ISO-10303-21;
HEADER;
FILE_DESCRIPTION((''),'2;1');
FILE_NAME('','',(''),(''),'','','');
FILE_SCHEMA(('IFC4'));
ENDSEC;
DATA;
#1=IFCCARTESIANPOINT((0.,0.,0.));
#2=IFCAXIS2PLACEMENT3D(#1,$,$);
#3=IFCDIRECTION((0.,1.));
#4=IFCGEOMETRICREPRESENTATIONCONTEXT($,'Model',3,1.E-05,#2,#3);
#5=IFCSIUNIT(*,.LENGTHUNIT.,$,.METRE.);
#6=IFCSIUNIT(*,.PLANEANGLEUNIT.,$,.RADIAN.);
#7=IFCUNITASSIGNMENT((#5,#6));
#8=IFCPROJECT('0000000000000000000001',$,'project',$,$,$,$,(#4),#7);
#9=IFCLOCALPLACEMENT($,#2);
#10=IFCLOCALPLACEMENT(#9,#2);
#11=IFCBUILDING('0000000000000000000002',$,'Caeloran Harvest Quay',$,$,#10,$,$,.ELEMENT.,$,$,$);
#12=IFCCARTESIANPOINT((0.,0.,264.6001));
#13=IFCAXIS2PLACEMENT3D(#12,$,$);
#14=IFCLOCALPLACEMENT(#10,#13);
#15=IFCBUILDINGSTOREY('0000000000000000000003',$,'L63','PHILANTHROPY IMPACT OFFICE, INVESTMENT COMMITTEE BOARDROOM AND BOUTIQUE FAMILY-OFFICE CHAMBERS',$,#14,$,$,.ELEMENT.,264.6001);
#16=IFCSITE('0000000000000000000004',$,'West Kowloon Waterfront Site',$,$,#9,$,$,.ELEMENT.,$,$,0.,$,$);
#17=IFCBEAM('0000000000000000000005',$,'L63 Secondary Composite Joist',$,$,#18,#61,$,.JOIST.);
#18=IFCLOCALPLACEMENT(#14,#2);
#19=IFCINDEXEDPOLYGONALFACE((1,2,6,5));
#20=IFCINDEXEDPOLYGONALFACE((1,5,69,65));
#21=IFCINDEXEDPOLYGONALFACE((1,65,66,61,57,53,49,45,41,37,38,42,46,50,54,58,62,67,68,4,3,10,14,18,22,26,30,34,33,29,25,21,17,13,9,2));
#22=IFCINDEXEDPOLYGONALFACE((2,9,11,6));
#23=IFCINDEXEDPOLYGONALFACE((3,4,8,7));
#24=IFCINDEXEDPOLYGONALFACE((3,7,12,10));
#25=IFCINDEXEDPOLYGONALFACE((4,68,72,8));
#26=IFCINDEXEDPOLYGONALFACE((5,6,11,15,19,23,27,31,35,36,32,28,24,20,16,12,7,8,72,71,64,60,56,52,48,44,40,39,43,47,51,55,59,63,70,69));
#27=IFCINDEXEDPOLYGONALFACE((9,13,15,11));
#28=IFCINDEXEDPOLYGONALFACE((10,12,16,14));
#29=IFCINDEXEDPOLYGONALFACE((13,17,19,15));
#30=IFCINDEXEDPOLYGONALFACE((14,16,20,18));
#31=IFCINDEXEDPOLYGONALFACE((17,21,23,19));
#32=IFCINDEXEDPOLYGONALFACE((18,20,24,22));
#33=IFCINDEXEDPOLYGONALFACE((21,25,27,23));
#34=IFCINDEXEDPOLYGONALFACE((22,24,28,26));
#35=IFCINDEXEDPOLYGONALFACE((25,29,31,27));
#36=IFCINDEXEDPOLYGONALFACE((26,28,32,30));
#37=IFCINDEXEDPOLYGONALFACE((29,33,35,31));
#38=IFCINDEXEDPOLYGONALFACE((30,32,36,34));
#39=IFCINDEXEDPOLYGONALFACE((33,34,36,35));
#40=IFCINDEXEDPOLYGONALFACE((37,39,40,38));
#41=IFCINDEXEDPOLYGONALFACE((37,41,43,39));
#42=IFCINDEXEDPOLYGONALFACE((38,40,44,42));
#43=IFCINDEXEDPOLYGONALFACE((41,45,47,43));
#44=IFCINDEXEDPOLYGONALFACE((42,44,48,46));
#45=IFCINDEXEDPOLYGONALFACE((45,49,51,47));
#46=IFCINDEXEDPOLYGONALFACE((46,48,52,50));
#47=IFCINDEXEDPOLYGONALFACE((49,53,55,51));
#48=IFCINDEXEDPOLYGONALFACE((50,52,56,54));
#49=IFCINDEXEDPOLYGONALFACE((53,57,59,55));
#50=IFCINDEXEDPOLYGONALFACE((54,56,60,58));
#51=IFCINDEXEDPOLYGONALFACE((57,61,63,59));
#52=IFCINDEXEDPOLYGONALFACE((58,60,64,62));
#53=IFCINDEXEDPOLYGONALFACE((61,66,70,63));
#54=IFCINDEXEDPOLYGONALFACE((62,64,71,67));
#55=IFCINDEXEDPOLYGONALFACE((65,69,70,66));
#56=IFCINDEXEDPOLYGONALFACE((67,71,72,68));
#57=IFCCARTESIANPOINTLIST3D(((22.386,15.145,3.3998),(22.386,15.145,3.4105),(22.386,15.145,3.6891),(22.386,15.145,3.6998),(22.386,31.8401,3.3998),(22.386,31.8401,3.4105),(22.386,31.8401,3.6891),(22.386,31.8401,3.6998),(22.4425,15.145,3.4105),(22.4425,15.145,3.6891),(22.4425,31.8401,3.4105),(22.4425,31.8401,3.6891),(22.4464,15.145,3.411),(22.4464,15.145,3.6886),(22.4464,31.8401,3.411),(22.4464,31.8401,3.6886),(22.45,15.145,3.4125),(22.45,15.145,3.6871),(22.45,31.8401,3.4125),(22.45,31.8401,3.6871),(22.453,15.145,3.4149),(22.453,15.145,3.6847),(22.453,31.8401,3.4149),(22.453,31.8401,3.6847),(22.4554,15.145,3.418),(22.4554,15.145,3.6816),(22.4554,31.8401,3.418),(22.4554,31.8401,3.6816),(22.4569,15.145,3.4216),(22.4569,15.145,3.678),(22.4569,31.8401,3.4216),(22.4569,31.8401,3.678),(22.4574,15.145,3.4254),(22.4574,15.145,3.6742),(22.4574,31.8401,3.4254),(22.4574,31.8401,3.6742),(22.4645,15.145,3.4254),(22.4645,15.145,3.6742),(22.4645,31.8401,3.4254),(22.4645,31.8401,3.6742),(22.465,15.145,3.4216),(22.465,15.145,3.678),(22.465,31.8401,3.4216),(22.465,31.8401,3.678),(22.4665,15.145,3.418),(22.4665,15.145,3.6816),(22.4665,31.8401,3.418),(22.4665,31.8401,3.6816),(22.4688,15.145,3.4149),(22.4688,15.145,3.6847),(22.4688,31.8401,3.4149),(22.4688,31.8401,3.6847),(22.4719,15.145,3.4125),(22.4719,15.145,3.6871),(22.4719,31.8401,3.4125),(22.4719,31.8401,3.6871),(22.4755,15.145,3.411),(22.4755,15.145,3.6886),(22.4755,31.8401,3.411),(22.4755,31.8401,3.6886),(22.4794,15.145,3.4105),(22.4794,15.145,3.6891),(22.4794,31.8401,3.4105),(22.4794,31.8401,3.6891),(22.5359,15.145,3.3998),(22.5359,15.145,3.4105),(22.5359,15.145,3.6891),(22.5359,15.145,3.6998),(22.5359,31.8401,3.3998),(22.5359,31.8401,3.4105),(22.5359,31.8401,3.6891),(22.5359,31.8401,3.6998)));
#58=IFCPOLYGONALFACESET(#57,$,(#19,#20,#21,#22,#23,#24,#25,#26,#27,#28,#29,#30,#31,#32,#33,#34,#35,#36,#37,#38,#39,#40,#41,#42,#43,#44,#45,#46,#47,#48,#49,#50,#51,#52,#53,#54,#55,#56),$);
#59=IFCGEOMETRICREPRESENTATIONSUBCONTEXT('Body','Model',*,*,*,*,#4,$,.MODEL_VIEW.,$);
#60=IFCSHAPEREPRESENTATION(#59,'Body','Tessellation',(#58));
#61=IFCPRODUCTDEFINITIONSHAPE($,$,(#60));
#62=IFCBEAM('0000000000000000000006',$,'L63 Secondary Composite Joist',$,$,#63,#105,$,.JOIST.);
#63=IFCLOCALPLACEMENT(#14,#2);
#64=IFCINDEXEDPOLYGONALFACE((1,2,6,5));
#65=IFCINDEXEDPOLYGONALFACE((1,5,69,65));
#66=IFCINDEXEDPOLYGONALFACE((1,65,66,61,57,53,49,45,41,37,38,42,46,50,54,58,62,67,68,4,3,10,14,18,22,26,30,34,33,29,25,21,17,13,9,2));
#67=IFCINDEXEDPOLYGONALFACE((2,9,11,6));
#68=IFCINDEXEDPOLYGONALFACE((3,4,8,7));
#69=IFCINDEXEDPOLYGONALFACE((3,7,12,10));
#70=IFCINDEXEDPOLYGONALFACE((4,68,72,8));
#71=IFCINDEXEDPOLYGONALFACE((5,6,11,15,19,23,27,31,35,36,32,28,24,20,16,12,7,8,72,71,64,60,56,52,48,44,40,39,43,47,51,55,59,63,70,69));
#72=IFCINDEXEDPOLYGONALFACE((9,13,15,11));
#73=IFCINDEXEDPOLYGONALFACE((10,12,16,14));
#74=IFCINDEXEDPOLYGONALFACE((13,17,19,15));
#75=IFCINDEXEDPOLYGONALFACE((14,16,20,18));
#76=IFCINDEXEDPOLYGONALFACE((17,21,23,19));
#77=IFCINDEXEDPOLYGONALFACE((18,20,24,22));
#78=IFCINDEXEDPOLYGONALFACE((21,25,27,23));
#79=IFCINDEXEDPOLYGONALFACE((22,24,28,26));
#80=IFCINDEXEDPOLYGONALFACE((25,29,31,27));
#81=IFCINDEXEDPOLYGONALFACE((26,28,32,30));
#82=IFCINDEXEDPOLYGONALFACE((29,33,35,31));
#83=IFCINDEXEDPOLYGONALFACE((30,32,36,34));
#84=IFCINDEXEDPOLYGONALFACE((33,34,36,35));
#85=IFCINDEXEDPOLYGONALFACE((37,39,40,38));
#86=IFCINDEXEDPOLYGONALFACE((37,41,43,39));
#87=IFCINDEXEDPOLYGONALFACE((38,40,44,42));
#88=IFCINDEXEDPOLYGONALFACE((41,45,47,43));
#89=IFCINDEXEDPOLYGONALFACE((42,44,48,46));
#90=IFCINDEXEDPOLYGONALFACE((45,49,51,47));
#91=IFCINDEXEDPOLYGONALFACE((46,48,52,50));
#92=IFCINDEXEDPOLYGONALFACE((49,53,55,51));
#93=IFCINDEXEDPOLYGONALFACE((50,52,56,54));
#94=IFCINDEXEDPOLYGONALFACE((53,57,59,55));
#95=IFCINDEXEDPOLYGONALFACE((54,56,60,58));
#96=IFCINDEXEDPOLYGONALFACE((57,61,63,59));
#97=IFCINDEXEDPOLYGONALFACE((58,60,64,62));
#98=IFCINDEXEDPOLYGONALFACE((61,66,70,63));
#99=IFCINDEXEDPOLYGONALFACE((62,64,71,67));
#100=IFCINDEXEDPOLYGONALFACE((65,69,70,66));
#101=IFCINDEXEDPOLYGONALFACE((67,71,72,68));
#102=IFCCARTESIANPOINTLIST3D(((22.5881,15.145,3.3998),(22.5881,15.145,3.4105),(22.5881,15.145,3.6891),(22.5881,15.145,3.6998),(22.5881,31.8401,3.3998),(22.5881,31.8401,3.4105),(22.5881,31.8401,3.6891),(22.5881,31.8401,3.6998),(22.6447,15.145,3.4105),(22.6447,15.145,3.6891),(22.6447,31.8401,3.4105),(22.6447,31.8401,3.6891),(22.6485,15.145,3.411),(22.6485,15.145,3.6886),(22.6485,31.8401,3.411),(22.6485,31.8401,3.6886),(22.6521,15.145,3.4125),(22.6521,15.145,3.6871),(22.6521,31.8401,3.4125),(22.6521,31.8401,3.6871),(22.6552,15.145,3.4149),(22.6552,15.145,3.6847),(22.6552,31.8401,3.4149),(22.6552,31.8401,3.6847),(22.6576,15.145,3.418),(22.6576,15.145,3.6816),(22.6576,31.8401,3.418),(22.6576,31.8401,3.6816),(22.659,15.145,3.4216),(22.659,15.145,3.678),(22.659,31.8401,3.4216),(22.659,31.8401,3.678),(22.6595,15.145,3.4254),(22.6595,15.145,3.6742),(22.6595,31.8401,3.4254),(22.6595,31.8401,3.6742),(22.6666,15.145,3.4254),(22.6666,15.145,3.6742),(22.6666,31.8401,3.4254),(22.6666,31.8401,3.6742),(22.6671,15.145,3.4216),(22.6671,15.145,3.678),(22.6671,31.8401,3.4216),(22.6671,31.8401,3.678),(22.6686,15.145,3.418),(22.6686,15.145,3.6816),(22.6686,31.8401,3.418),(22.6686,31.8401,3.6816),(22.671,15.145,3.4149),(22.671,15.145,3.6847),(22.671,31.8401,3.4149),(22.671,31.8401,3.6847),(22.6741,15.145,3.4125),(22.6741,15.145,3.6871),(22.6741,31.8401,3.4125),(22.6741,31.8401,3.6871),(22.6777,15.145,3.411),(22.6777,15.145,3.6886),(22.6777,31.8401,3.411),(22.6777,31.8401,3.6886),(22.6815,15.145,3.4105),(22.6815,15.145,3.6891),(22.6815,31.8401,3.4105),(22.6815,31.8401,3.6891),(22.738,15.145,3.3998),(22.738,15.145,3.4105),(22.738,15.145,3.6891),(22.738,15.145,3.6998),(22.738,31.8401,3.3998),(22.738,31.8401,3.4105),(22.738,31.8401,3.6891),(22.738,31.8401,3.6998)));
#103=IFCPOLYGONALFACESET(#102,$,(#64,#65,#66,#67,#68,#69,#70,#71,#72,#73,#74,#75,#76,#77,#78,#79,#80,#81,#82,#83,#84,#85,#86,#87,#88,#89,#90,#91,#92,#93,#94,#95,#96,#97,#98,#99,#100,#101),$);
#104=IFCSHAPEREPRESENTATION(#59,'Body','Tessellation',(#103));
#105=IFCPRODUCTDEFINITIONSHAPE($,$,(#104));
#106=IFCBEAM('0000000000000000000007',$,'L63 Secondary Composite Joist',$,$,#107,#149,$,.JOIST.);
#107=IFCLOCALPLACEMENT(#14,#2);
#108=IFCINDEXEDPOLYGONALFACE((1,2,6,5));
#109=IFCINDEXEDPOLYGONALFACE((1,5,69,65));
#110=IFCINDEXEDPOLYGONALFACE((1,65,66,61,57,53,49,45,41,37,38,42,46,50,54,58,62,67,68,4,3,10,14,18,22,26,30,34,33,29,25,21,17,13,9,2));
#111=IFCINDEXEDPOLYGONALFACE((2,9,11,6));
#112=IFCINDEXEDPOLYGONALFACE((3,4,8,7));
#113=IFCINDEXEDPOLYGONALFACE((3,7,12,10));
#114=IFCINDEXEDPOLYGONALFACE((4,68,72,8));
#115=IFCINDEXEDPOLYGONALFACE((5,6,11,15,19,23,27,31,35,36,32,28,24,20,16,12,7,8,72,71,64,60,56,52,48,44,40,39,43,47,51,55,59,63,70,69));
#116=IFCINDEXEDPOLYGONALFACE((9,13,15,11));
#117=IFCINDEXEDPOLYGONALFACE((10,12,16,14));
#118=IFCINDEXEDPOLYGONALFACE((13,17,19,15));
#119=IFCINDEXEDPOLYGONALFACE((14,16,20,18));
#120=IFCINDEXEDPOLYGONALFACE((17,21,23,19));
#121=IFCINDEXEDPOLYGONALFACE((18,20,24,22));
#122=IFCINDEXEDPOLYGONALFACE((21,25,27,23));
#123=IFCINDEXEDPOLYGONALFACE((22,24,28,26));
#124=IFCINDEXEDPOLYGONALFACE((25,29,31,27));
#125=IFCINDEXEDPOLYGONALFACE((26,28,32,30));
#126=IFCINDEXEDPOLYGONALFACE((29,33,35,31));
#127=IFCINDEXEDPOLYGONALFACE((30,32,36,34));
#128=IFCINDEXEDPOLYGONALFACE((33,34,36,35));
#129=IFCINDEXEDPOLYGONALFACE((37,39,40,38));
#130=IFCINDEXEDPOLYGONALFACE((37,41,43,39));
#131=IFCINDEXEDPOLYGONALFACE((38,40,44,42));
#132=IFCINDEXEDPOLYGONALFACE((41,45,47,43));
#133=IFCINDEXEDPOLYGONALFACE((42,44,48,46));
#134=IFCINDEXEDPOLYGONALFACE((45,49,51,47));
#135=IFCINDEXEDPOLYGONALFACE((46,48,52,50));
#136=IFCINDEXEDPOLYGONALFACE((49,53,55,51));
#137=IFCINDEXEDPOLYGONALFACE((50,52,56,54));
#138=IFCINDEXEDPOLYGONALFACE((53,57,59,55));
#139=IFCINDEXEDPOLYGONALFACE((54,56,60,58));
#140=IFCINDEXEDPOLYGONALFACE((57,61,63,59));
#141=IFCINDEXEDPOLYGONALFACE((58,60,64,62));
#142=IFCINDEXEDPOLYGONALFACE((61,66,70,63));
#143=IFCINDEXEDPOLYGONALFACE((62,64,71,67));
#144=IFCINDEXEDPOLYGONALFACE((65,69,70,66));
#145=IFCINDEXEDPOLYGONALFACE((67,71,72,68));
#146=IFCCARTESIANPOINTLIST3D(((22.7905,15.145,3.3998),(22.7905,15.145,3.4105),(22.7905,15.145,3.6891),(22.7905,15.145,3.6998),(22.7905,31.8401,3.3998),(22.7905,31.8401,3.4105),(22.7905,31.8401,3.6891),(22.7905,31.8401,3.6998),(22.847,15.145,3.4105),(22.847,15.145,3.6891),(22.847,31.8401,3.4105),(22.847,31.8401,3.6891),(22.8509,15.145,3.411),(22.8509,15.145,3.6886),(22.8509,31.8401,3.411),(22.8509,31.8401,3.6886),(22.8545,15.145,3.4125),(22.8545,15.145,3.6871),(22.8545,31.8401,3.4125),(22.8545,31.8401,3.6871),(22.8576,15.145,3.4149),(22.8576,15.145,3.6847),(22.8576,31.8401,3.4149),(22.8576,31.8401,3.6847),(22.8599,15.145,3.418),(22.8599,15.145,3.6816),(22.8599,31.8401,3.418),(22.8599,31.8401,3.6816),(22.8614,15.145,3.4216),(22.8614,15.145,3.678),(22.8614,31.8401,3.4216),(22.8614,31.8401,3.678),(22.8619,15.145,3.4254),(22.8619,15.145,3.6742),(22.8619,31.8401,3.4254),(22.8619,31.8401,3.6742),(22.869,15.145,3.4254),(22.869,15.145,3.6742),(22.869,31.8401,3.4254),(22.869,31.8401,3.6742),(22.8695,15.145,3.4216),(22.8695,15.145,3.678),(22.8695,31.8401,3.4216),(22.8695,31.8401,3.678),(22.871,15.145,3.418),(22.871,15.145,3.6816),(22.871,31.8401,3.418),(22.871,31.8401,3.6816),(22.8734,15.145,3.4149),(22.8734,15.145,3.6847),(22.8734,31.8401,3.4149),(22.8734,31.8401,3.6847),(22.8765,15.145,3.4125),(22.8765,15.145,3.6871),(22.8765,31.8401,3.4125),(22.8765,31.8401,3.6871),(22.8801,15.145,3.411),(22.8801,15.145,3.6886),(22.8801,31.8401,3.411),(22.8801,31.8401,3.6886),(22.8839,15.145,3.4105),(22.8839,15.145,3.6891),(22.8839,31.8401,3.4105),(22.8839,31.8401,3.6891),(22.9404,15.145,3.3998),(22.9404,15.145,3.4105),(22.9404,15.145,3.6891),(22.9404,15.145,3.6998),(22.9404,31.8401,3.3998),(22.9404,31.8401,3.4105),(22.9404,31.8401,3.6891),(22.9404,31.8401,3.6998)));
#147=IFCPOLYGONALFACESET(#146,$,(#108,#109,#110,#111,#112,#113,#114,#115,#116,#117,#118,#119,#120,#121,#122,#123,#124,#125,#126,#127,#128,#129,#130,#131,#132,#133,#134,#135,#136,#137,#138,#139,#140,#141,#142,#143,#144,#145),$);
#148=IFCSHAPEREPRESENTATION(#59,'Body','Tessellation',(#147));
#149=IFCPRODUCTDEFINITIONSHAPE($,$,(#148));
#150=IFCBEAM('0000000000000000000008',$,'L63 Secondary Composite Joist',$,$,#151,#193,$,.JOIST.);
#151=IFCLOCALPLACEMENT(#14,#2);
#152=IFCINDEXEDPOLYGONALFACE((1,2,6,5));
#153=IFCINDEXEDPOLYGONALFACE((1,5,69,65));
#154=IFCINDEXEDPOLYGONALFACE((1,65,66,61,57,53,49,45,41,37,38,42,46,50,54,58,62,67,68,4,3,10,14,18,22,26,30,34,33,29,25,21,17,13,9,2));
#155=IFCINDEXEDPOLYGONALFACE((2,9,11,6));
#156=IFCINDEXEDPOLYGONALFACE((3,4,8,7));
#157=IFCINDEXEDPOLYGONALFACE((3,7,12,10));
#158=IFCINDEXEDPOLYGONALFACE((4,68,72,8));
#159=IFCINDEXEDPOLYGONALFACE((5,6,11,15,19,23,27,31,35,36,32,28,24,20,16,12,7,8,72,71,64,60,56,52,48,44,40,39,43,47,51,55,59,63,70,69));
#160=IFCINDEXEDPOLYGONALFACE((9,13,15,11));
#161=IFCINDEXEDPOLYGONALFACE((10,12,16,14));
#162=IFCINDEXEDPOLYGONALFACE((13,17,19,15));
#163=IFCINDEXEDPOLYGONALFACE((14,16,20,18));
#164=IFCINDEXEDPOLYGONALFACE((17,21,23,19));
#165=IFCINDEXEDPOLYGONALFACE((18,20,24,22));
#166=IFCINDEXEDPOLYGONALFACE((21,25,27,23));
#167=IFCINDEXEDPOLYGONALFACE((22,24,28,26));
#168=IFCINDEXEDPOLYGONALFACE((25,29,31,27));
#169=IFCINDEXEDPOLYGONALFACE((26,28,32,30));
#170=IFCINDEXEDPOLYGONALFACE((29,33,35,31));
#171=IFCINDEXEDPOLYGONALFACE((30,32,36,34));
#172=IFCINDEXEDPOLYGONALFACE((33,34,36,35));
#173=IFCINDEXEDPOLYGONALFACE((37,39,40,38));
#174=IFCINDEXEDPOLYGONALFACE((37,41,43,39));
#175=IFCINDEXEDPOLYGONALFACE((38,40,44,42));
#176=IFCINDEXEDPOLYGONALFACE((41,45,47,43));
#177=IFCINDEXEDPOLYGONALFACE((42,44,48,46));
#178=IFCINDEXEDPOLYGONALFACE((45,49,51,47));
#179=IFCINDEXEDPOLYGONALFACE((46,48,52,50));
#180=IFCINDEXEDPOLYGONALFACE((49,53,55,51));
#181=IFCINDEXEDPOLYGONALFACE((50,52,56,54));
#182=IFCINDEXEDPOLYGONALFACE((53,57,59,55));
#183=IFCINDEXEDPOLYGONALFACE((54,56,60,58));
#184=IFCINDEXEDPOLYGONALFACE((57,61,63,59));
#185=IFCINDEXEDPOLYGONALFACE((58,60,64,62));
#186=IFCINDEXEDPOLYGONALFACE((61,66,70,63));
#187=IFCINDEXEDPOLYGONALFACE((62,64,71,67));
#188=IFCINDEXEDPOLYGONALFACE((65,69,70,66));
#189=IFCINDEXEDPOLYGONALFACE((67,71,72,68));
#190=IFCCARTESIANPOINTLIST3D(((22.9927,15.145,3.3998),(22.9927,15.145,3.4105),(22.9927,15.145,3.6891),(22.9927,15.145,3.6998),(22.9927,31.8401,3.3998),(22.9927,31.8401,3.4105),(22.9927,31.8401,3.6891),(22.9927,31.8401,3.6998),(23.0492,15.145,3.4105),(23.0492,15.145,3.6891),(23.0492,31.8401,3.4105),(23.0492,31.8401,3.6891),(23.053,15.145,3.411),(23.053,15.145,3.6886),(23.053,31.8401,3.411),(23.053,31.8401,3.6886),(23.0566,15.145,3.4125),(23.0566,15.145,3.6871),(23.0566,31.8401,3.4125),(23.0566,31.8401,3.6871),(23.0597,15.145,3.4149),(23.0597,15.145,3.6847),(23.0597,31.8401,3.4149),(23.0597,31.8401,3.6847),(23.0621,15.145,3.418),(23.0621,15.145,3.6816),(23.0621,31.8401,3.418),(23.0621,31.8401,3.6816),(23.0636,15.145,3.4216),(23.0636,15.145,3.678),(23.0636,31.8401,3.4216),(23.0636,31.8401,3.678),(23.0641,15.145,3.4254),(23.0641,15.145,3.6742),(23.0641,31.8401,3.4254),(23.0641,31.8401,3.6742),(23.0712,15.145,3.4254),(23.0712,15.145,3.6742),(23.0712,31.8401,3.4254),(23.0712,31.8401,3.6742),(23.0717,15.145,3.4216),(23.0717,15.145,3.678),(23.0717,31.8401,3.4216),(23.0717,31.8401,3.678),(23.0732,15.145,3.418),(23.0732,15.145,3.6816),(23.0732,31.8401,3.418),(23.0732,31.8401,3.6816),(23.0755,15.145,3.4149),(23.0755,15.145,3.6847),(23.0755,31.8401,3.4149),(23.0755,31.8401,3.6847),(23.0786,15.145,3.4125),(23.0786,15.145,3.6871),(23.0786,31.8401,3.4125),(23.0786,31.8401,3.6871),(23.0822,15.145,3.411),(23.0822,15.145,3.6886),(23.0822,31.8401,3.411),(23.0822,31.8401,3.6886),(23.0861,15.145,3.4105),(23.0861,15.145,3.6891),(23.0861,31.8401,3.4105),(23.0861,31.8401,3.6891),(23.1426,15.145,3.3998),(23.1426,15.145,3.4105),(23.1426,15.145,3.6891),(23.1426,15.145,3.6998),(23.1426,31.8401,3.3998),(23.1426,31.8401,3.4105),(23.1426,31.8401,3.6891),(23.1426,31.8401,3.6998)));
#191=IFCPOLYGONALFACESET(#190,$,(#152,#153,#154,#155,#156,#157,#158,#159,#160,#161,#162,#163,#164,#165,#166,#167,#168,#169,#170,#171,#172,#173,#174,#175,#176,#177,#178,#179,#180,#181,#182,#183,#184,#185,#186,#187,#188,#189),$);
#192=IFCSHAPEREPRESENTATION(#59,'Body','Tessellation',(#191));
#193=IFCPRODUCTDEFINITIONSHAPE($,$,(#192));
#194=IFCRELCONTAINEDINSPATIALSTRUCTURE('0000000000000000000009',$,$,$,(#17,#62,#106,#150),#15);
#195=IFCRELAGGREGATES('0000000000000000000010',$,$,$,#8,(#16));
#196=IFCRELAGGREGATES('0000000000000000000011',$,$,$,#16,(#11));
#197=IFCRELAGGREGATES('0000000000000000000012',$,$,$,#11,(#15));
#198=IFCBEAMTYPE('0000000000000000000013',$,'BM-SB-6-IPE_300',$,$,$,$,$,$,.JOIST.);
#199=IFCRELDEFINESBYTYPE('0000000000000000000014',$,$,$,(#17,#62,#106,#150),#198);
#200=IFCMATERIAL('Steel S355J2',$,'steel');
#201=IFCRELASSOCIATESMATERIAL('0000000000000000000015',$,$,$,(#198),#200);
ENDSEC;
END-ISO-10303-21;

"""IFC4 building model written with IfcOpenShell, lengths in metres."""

from ifc_helpers import new_model, si_unit, direction, frame, origin, origin_2d, place, context, subcontext, project, spatial, i_section, extrude, material, material_profile, profile_set, type_object, element, save


model = new_model("IFC4")

# Units and contexts
model_context = context("Model", 3, precision=1e-05, world=origin(), true_north=direction((0.0, 1.0)))
body_context = subcontext(model_context, "Body", "Model", "MODEL_VIEW")
ifc_project = project(units=[si_unit("LENGTHUNIT", "METRE"), si_unit("PLANEANGLEUNIT", "RADIAN")], contexts=[model_context])

# Site, building, storey
site_placement = place(None, origin())
site = spatial("IfcSite", under=ifc_project, at=site_placement, Name="West Kowloon Waterfront Site", CompositionType="ELEMENT", RefElevation=0.0)
building_placement = place(site_placement, origin())
building = spatial("IfcBuilding", under=site, at=building_placement, Name="Caeloran Harvest Quay", CompositionType="ELEMENT")
storey_placement = place(building_placement, frame((0.0, 0.0, 264.6001)))
storey = spatial("IfcBuildingStorey", under=building, at=storey_placement, Name="L63", Description="PHILANTHROPY IMPACT OFFICE, INVESTMENT COMMITTEE BOARDROOM AND BOUTIQUE FAMILY-OFFICE CHAMBERS", CompositionType="ELEMENT", Elevation=264.6001)

# Beams
ifc_material_1 = material(Name="Steel S355J2", Category="steel")
ifc_material_profile_1 = material_profile(ifc_material_1, i_section(OverallWidth=0.1499, OverallDepth=0.3, WebThickness=0.0071, FlangeThickness=0.0107, FilletRadius=0.0149, at=origin_2d()), Name="IPE 300")
ifc_profile_set_1 = profile_set([ifc_material_profile_1], Name="Steel S355J2")
beam_type_1 = type_object("IfcBeamType", Name="BM-SB-6-IPE_300", PredefinedType="JOIST", material=ifc_profile_set_1)
for number, where, z_axis, x_axis, name in (
    (1, (22.4609, 15.145, 3.5498), (0.0, 1.0, 0.0), (-1.0, 0.0, 0.0), "L63 Secondary Composite Joist"),
    (2, (22.6631, 15.145, 3.5498), (0.0, 1.0, 0.0), (-1.0, 0.0, 0.0), "L63 Secondary Composite Joist"),
    (3, (22.8655, 15.145, 3.5498), (0.0, 1.0, 0.0), (-1.0, 0.0, 0.0), "L63 Secondary Composite Joist"),
    (4, (23.0676, 15.145, 3.5498), (0.0, 1.0, 0.0), (-1.0, 0.0, 0.0), "L63 Secondary Composite Joist"),
):
    element("IfcBeam", number, at=place(storey_placement, frame(where, z_axis=z_axis, x_axis=x_axis)), inside=storey, type_object=beam_type_1, Name=name, PredefinedType="JOIST", context=body_context, shape_type="SweptSolid", body=[
        extrude(i_section(OverallWidth=0.1499, OverallDepth=0.3, WebThickness=0.0071, FlangeThickness=0.0107, FilletRadius=0.0149, at=origin_2d()), origin(), (0.0, 0.0, 1.0), 16.6951),
    ])

save(model, "model.ifc")
